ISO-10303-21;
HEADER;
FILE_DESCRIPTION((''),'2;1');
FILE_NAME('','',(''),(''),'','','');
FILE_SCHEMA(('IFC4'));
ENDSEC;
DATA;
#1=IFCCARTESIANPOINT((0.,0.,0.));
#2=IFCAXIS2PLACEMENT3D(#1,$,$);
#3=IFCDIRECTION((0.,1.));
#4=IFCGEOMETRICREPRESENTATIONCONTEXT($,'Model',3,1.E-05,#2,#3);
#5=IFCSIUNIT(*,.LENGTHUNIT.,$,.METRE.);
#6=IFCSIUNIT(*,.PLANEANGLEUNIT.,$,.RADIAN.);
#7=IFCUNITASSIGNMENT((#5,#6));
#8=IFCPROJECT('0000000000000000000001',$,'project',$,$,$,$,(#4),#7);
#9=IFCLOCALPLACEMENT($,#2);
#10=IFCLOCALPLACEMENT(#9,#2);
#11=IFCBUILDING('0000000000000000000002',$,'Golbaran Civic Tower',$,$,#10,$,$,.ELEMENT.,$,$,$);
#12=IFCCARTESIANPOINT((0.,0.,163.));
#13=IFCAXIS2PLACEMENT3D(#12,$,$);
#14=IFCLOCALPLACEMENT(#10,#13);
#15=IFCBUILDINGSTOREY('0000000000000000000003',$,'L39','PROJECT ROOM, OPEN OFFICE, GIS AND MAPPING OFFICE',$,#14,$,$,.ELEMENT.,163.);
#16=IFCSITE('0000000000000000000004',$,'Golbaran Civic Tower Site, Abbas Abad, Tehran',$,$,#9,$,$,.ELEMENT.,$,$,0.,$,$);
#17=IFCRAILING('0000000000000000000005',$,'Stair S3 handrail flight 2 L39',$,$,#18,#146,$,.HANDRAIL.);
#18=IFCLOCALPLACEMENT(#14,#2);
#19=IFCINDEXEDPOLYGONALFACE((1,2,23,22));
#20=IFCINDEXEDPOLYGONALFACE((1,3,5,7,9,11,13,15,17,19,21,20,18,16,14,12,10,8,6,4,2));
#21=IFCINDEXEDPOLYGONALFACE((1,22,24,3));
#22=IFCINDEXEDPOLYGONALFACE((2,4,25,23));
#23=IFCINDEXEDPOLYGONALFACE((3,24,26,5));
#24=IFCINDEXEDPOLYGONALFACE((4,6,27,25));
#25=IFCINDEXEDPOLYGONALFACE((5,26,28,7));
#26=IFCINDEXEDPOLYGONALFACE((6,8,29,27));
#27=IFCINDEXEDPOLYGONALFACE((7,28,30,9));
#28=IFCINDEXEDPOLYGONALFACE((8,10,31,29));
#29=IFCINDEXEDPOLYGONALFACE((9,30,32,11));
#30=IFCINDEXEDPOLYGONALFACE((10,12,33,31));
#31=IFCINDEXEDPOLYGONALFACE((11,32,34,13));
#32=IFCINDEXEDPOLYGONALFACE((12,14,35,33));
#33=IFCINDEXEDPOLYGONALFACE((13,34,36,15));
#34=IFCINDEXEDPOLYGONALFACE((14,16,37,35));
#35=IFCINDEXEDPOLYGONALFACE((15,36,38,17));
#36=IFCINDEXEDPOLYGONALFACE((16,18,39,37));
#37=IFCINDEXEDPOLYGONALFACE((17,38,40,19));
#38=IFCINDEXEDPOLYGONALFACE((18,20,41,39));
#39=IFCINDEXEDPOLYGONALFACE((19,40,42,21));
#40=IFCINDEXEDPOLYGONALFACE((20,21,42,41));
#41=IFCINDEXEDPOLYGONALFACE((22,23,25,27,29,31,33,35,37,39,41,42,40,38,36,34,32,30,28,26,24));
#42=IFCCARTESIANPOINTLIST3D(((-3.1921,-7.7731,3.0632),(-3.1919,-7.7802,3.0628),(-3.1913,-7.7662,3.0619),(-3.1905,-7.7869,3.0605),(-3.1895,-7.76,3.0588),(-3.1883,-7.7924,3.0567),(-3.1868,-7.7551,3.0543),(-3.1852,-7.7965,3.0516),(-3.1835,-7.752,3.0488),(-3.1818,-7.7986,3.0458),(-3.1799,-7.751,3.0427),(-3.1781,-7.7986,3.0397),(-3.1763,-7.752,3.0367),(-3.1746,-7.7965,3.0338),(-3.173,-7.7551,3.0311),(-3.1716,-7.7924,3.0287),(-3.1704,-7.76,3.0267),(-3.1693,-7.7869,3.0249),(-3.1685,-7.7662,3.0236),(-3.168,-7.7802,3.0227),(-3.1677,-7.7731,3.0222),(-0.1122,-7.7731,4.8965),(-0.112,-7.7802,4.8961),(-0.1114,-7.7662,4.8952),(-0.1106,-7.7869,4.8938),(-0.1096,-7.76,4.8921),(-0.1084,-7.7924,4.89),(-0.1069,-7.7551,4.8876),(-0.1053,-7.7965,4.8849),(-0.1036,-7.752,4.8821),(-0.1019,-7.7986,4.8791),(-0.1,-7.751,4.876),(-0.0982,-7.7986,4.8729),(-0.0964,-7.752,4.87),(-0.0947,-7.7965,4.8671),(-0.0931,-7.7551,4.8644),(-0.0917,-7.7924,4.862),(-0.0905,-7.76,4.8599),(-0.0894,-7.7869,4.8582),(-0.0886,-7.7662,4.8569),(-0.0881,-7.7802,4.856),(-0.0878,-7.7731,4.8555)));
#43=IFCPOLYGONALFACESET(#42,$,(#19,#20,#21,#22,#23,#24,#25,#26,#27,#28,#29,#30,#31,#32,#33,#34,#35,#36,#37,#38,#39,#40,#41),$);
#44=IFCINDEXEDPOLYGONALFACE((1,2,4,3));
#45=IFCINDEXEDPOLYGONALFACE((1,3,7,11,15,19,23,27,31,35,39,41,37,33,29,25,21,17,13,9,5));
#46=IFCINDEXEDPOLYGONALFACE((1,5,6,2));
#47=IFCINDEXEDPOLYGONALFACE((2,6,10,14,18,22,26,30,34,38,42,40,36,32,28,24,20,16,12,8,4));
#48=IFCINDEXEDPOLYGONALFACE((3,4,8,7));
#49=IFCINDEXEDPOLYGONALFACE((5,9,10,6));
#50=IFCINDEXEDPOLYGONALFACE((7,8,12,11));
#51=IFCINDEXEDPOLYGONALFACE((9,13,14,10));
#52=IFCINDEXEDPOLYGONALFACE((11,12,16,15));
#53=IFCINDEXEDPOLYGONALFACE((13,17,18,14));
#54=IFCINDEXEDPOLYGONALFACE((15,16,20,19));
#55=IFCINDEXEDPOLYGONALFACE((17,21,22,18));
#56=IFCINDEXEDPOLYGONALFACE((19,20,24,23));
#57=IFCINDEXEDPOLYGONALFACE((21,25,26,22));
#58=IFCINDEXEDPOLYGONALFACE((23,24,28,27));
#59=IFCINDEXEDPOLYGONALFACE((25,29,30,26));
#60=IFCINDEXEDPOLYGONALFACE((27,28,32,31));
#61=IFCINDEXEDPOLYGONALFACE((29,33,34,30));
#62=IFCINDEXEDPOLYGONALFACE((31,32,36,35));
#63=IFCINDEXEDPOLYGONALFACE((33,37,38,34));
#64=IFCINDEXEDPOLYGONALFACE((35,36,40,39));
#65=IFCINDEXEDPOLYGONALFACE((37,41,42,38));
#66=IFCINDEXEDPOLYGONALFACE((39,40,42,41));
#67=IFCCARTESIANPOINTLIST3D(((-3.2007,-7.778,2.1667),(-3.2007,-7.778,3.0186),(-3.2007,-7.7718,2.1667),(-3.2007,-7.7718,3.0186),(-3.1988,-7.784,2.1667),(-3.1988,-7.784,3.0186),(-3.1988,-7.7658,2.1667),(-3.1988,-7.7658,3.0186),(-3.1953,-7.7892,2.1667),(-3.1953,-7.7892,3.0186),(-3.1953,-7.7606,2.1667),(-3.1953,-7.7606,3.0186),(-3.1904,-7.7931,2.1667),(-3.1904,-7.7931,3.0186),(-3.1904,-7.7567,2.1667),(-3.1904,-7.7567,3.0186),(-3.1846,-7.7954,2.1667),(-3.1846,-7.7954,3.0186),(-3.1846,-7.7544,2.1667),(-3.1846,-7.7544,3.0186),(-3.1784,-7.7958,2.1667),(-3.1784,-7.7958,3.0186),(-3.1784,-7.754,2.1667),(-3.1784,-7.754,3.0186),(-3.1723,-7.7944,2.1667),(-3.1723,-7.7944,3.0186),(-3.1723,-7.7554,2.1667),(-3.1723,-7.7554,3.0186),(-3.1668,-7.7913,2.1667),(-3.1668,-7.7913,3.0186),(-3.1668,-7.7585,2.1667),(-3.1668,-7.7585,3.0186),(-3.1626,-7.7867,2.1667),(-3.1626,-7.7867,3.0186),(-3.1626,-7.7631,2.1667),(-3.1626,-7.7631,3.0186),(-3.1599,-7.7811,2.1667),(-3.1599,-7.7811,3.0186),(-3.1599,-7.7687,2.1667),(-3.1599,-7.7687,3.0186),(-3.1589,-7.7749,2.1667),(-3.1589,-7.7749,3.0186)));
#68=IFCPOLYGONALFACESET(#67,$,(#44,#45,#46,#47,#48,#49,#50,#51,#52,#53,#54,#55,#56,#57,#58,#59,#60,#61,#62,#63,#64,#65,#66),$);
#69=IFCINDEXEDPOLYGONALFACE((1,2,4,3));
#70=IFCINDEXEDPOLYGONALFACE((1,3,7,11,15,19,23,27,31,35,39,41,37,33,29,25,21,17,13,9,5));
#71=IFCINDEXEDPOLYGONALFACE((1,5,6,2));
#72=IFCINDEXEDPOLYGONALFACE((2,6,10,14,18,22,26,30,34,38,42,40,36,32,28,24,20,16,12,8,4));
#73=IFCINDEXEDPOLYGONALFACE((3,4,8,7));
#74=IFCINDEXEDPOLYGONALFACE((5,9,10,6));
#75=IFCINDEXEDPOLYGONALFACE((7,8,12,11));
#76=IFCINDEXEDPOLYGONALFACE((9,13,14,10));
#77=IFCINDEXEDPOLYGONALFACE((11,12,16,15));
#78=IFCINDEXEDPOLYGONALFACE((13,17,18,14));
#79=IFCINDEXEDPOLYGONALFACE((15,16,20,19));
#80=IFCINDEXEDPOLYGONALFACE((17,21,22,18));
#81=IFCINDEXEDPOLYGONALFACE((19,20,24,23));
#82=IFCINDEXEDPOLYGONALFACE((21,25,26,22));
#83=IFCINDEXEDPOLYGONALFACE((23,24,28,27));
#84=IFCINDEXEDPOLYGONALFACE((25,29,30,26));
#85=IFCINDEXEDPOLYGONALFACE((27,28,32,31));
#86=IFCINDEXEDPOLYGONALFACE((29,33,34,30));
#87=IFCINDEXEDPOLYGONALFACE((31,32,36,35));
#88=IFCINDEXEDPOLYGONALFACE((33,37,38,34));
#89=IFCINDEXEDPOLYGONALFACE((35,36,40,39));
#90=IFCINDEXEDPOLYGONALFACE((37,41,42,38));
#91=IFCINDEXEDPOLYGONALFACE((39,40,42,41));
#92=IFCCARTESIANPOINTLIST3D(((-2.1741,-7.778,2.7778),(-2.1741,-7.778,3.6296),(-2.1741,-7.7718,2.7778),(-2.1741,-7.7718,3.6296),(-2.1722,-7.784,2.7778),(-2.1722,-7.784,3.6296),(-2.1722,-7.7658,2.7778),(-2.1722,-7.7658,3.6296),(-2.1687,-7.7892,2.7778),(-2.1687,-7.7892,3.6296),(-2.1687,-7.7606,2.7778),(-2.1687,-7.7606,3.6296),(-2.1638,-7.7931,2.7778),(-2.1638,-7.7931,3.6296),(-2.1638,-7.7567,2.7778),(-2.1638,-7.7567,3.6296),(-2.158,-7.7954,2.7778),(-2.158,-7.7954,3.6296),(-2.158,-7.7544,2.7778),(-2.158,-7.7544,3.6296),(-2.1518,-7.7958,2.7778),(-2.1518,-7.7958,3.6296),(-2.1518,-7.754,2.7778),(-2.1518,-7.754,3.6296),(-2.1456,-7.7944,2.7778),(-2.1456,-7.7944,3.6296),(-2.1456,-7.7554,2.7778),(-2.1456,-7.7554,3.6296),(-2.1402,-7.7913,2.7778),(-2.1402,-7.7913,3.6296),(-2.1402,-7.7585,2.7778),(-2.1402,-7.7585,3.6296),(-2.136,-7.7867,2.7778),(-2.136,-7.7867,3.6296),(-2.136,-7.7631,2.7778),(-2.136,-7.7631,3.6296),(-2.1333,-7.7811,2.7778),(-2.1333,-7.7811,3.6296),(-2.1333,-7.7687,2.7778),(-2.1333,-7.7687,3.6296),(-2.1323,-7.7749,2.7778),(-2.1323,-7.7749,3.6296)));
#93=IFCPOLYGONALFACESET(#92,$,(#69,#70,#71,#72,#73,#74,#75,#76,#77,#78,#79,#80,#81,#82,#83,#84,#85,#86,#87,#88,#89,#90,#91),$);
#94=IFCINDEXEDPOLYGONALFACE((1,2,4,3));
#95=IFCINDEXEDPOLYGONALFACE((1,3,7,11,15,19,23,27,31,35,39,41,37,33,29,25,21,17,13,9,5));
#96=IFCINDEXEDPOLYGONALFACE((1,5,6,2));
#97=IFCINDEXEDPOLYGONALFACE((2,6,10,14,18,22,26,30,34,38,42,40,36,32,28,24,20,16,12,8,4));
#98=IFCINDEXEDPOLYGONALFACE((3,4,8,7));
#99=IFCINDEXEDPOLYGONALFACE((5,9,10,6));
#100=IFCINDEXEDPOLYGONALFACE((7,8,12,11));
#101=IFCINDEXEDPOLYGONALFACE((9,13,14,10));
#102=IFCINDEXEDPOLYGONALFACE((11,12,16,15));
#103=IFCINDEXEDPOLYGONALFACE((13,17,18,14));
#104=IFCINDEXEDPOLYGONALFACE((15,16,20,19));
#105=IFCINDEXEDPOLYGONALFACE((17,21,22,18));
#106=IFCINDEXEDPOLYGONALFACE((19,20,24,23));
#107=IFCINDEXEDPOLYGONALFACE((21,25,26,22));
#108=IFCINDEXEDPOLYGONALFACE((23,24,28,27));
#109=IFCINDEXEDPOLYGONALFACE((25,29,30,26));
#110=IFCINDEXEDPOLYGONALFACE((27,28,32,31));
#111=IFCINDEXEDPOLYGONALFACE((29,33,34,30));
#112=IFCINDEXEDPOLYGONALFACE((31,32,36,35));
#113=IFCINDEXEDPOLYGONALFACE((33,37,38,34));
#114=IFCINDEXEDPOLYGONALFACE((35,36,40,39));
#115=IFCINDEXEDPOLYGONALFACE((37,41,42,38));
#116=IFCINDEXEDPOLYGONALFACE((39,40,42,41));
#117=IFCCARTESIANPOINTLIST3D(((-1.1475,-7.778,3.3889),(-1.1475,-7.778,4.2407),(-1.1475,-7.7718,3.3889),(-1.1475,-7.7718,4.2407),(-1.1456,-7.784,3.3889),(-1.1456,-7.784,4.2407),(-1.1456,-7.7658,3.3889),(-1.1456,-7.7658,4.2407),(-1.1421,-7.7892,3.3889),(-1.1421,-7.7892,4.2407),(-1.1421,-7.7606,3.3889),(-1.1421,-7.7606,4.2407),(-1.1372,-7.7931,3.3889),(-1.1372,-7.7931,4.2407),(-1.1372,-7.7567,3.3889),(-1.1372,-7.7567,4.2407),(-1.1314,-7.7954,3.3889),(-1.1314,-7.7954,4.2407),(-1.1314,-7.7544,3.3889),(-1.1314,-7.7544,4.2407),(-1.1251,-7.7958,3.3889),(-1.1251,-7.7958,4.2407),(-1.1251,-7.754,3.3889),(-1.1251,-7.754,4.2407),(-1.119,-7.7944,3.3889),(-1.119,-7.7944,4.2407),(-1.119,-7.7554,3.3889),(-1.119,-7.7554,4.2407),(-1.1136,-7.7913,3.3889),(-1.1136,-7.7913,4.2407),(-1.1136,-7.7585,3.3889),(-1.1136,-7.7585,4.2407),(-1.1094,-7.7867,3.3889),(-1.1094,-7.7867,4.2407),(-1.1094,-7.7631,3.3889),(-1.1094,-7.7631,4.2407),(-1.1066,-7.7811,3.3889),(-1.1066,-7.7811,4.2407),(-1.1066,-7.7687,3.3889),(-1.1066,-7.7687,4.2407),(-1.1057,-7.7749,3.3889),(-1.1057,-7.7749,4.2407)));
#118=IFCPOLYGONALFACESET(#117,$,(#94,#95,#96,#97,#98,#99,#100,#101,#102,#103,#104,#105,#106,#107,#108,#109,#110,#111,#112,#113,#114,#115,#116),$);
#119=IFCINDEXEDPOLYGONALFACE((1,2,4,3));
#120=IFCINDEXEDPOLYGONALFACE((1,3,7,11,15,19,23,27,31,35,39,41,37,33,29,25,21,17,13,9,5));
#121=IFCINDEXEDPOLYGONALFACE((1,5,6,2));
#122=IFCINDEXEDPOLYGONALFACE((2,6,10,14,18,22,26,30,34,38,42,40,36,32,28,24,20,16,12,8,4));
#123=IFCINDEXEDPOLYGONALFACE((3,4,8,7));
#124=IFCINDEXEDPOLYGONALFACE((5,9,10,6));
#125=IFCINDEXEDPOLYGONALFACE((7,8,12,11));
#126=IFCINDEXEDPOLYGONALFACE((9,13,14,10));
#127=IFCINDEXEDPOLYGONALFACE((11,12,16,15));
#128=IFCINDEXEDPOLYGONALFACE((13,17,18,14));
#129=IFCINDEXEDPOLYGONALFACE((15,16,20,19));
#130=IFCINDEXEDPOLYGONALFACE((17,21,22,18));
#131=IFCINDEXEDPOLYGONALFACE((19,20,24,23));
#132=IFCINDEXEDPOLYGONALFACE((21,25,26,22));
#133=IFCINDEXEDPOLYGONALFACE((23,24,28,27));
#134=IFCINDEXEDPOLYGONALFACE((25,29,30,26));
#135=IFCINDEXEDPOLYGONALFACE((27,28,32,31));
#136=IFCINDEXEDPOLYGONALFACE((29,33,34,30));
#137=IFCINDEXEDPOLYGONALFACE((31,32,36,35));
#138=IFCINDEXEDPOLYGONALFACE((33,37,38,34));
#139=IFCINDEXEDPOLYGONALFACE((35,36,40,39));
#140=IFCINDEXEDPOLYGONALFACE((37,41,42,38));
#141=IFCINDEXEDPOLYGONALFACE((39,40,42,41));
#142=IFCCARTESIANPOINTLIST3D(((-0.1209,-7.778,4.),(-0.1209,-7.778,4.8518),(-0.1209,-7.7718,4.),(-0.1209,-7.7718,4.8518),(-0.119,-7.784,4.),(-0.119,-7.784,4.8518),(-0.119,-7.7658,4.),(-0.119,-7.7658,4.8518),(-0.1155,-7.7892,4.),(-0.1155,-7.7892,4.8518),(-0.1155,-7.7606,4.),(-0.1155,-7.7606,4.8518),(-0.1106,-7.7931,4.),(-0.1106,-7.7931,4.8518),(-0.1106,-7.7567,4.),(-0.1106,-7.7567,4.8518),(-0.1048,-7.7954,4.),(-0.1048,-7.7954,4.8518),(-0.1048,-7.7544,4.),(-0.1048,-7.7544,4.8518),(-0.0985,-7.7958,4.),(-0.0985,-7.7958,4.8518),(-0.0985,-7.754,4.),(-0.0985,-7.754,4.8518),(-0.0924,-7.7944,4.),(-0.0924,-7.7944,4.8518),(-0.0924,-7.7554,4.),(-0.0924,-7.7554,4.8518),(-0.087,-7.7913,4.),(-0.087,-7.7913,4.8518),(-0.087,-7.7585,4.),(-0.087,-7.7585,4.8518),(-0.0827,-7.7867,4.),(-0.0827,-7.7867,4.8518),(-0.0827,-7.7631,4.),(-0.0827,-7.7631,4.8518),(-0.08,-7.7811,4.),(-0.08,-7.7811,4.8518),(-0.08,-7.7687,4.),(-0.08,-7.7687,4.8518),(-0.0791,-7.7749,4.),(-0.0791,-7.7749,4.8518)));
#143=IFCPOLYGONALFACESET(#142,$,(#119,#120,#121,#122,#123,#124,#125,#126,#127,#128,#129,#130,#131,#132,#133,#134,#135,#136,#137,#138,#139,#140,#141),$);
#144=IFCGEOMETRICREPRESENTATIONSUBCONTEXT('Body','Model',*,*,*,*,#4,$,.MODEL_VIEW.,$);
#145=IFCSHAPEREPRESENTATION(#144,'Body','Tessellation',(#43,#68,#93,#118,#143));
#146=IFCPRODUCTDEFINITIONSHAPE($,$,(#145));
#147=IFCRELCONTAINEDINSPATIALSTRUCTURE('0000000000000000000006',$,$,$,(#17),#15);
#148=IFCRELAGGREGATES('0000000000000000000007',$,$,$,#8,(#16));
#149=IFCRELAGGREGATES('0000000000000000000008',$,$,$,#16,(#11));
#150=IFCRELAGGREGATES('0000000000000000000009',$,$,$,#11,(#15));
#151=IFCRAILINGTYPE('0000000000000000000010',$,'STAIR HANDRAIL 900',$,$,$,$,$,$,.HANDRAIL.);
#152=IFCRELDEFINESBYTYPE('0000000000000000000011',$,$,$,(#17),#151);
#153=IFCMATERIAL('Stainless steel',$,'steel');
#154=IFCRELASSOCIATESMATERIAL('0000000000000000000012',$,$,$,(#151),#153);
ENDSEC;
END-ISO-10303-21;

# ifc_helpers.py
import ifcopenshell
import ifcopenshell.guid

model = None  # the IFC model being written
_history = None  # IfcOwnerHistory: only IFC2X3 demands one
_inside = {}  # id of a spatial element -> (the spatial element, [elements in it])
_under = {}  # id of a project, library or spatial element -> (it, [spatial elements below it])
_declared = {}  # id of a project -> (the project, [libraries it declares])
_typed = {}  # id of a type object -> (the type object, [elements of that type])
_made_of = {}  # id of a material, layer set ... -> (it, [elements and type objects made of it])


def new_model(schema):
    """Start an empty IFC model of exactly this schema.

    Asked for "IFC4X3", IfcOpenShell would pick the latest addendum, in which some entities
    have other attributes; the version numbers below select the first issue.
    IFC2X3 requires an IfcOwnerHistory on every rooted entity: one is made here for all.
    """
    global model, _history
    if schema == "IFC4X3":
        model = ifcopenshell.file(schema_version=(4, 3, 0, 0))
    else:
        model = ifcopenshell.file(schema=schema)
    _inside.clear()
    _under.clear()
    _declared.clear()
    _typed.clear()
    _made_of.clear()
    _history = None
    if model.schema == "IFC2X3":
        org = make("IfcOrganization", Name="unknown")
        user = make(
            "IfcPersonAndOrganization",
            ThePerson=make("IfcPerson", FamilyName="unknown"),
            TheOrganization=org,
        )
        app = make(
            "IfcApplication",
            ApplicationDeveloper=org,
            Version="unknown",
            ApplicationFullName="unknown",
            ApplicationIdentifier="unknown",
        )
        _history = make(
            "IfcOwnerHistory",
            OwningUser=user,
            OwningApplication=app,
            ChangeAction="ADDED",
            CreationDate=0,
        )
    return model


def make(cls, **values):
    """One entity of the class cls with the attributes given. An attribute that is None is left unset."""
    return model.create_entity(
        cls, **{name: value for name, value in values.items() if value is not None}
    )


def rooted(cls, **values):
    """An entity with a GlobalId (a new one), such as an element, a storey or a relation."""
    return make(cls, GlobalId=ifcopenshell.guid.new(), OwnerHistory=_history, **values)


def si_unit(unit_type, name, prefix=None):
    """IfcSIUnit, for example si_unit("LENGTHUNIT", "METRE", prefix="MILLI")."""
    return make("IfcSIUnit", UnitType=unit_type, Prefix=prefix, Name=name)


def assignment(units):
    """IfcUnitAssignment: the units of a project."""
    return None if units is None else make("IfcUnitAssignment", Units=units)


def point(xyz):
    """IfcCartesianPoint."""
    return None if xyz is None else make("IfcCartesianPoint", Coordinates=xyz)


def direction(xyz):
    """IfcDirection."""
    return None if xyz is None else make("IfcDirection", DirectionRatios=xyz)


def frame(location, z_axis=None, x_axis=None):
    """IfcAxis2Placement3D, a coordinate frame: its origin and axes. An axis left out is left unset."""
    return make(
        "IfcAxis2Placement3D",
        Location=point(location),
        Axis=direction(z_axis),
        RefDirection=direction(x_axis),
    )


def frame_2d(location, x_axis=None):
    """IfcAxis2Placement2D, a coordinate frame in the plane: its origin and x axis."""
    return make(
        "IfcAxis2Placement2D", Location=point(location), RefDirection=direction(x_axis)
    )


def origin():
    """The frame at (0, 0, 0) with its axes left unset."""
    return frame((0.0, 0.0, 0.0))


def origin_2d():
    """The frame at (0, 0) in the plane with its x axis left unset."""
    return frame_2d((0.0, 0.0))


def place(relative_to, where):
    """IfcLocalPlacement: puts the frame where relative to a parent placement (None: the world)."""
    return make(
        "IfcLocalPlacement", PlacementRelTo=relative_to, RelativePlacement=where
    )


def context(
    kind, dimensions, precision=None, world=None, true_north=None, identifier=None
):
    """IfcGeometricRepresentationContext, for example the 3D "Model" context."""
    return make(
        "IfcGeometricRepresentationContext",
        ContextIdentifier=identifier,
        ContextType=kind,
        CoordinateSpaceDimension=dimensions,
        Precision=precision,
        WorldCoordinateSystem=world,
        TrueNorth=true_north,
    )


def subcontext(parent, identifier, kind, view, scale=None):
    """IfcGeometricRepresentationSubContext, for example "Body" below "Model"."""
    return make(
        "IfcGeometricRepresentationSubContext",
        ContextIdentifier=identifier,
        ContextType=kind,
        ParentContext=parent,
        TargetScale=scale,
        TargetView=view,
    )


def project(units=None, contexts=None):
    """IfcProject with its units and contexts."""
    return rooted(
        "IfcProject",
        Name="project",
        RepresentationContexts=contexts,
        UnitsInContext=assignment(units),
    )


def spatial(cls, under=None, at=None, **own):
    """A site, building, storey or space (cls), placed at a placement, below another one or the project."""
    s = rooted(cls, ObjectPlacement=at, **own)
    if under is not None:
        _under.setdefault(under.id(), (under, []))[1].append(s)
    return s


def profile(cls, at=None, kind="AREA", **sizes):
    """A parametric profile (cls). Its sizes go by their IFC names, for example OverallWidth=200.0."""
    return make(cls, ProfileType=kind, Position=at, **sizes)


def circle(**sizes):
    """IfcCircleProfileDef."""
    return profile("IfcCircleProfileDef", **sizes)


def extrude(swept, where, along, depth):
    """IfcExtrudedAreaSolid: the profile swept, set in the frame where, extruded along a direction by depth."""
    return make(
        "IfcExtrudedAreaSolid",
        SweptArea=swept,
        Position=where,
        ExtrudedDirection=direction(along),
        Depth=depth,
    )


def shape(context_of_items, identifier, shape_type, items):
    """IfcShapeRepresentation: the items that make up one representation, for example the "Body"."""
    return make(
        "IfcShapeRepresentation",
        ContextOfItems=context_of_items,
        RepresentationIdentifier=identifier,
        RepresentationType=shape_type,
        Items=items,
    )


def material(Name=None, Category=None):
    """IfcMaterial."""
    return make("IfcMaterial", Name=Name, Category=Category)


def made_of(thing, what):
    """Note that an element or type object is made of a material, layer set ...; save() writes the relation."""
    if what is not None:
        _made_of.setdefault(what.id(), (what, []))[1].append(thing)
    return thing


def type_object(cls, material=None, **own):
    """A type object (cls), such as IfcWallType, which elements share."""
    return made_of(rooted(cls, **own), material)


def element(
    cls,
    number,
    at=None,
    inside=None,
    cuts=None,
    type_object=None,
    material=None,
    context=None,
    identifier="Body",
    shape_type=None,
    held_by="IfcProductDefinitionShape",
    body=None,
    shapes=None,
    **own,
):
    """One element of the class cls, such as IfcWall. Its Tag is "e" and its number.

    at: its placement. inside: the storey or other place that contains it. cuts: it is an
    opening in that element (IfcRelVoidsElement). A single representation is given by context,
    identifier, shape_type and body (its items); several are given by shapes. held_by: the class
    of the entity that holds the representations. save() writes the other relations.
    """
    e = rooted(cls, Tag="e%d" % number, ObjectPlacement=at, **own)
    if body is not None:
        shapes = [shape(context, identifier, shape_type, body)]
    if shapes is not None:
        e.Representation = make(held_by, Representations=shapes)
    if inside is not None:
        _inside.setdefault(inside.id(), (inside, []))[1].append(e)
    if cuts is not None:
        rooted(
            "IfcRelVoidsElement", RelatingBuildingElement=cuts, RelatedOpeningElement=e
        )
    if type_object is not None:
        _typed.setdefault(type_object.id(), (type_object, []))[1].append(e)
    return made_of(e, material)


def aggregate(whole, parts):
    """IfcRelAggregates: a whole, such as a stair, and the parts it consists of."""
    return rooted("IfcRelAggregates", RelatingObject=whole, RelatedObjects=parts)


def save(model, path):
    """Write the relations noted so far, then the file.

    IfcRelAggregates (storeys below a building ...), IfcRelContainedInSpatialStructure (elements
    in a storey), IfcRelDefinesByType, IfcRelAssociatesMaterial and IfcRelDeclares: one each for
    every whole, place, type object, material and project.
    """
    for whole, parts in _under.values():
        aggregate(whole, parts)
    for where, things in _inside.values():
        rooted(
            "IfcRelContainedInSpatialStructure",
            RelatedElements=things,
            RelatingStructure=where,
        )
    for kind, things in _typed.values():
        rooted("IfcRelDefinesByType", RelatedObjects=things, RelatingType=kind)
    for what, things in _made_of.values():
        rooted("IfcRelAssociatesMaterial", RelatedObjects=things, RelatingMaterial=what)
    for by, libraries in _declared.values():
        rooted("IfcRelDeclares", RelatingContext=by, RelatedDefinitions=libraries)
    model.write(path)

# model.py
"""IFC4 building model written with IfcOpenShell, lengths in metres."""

from ifc_helpers import new_model, si_unit, direction, frame, origin, origin_2d, place, context, subcontext, project, spatial, circle, extrude, material, type_object, element, save


model = new_model("IFC4")

# Units and contexts
model_context = context("Model", 3, precision=1e-05, world=origin(), true_north=direction((0.0, 1.0)))
body_context = subcontext(model_context, "Body", "Model", "MODEL_VIEW")
ifc_project = project(units=[si_unit("LENGTHUNIT", "METRE"), si_unit("PLANEANGLEUNIT", "RADIAN")], contexts=[model_context])

# Site, building, storey
site_placement = place(None, origin())
site = spatial("IfcSite", under=ifc_project, at=site_placement, Name="Golbaran Civic Tower Site, Abbas Abad, Tehran", CompositionType="ELEMENT", RefElevation=0.0)
building_placement = place(site_placement, origin())
building = spatial("IfcBuilding", under=site, at=building_placement, Name="Golbaran Civic Tower", CompositionType="ELEMENT")
storey_placement = place(building_placement, frame((0.0, 0.0, 163.0)))
storey = spatial("IfcBuildingStorey", under=building, at=storey_placement, Name="L39", Description="PROJECT ROOM, OPEN OFFICE, GIS AND MAPPING OFFICE", CompositionType="ELEMENT", Elevation=163.0)

# Shared definitions
ifc_material_1 = material(Name="Stainless steel", Category="steel")

# Railing
railing_type = type_object("IfcRailingType", Name="STAIR HANDRAIL 900", PredefinedType="HANDRAIL", material=ifc_material_1)
railing_1_placement = place(storey_placement, frame((-3.1799, -7.7749, 2.1667)))
element("IfcRailing", 1, at=railing_1_placement, inside=storey, type_object=railing_type, Name="Stair S3 handrail flight 2 L39", PredefinedType="HANDRAIL", context=body_context, shape_type="SweptSolid", body=[
    extrude(circle(Radius=0.0239, at=origin_2d()), frame((0.0, 0.0, 0.876), z_axis=(0.859291, 0.0, 0.511487), x_axis=(0.0, 1.0, 0.0)), (0.0, 0.0, 1.0), 3.5842),
    extrude(circle(Radius=0.021, at=origin_2d()), origin(), (0.0, 0.0, 1.0), 0.8518),
    extrude(circle(Radius=0.021, at=origin_2d()), frame((1.0266, 0.0, 0.6111)), (0.0, 0.0, 1.0), 0.8518),
    extrude(circle(Radius=0.021, at=origin_2d()), frame((2.0532, 0.0, 1.2222)), (0.0, 0.0, 1.0), 0.8518),
    extrude(circle(Radius=0.021, at=origin_2d()), frame((3.0798, 0.0, 1.8333)), (0.0, 0.0, 1.0), 0.8518),
])

save(model, "model.ifc")
